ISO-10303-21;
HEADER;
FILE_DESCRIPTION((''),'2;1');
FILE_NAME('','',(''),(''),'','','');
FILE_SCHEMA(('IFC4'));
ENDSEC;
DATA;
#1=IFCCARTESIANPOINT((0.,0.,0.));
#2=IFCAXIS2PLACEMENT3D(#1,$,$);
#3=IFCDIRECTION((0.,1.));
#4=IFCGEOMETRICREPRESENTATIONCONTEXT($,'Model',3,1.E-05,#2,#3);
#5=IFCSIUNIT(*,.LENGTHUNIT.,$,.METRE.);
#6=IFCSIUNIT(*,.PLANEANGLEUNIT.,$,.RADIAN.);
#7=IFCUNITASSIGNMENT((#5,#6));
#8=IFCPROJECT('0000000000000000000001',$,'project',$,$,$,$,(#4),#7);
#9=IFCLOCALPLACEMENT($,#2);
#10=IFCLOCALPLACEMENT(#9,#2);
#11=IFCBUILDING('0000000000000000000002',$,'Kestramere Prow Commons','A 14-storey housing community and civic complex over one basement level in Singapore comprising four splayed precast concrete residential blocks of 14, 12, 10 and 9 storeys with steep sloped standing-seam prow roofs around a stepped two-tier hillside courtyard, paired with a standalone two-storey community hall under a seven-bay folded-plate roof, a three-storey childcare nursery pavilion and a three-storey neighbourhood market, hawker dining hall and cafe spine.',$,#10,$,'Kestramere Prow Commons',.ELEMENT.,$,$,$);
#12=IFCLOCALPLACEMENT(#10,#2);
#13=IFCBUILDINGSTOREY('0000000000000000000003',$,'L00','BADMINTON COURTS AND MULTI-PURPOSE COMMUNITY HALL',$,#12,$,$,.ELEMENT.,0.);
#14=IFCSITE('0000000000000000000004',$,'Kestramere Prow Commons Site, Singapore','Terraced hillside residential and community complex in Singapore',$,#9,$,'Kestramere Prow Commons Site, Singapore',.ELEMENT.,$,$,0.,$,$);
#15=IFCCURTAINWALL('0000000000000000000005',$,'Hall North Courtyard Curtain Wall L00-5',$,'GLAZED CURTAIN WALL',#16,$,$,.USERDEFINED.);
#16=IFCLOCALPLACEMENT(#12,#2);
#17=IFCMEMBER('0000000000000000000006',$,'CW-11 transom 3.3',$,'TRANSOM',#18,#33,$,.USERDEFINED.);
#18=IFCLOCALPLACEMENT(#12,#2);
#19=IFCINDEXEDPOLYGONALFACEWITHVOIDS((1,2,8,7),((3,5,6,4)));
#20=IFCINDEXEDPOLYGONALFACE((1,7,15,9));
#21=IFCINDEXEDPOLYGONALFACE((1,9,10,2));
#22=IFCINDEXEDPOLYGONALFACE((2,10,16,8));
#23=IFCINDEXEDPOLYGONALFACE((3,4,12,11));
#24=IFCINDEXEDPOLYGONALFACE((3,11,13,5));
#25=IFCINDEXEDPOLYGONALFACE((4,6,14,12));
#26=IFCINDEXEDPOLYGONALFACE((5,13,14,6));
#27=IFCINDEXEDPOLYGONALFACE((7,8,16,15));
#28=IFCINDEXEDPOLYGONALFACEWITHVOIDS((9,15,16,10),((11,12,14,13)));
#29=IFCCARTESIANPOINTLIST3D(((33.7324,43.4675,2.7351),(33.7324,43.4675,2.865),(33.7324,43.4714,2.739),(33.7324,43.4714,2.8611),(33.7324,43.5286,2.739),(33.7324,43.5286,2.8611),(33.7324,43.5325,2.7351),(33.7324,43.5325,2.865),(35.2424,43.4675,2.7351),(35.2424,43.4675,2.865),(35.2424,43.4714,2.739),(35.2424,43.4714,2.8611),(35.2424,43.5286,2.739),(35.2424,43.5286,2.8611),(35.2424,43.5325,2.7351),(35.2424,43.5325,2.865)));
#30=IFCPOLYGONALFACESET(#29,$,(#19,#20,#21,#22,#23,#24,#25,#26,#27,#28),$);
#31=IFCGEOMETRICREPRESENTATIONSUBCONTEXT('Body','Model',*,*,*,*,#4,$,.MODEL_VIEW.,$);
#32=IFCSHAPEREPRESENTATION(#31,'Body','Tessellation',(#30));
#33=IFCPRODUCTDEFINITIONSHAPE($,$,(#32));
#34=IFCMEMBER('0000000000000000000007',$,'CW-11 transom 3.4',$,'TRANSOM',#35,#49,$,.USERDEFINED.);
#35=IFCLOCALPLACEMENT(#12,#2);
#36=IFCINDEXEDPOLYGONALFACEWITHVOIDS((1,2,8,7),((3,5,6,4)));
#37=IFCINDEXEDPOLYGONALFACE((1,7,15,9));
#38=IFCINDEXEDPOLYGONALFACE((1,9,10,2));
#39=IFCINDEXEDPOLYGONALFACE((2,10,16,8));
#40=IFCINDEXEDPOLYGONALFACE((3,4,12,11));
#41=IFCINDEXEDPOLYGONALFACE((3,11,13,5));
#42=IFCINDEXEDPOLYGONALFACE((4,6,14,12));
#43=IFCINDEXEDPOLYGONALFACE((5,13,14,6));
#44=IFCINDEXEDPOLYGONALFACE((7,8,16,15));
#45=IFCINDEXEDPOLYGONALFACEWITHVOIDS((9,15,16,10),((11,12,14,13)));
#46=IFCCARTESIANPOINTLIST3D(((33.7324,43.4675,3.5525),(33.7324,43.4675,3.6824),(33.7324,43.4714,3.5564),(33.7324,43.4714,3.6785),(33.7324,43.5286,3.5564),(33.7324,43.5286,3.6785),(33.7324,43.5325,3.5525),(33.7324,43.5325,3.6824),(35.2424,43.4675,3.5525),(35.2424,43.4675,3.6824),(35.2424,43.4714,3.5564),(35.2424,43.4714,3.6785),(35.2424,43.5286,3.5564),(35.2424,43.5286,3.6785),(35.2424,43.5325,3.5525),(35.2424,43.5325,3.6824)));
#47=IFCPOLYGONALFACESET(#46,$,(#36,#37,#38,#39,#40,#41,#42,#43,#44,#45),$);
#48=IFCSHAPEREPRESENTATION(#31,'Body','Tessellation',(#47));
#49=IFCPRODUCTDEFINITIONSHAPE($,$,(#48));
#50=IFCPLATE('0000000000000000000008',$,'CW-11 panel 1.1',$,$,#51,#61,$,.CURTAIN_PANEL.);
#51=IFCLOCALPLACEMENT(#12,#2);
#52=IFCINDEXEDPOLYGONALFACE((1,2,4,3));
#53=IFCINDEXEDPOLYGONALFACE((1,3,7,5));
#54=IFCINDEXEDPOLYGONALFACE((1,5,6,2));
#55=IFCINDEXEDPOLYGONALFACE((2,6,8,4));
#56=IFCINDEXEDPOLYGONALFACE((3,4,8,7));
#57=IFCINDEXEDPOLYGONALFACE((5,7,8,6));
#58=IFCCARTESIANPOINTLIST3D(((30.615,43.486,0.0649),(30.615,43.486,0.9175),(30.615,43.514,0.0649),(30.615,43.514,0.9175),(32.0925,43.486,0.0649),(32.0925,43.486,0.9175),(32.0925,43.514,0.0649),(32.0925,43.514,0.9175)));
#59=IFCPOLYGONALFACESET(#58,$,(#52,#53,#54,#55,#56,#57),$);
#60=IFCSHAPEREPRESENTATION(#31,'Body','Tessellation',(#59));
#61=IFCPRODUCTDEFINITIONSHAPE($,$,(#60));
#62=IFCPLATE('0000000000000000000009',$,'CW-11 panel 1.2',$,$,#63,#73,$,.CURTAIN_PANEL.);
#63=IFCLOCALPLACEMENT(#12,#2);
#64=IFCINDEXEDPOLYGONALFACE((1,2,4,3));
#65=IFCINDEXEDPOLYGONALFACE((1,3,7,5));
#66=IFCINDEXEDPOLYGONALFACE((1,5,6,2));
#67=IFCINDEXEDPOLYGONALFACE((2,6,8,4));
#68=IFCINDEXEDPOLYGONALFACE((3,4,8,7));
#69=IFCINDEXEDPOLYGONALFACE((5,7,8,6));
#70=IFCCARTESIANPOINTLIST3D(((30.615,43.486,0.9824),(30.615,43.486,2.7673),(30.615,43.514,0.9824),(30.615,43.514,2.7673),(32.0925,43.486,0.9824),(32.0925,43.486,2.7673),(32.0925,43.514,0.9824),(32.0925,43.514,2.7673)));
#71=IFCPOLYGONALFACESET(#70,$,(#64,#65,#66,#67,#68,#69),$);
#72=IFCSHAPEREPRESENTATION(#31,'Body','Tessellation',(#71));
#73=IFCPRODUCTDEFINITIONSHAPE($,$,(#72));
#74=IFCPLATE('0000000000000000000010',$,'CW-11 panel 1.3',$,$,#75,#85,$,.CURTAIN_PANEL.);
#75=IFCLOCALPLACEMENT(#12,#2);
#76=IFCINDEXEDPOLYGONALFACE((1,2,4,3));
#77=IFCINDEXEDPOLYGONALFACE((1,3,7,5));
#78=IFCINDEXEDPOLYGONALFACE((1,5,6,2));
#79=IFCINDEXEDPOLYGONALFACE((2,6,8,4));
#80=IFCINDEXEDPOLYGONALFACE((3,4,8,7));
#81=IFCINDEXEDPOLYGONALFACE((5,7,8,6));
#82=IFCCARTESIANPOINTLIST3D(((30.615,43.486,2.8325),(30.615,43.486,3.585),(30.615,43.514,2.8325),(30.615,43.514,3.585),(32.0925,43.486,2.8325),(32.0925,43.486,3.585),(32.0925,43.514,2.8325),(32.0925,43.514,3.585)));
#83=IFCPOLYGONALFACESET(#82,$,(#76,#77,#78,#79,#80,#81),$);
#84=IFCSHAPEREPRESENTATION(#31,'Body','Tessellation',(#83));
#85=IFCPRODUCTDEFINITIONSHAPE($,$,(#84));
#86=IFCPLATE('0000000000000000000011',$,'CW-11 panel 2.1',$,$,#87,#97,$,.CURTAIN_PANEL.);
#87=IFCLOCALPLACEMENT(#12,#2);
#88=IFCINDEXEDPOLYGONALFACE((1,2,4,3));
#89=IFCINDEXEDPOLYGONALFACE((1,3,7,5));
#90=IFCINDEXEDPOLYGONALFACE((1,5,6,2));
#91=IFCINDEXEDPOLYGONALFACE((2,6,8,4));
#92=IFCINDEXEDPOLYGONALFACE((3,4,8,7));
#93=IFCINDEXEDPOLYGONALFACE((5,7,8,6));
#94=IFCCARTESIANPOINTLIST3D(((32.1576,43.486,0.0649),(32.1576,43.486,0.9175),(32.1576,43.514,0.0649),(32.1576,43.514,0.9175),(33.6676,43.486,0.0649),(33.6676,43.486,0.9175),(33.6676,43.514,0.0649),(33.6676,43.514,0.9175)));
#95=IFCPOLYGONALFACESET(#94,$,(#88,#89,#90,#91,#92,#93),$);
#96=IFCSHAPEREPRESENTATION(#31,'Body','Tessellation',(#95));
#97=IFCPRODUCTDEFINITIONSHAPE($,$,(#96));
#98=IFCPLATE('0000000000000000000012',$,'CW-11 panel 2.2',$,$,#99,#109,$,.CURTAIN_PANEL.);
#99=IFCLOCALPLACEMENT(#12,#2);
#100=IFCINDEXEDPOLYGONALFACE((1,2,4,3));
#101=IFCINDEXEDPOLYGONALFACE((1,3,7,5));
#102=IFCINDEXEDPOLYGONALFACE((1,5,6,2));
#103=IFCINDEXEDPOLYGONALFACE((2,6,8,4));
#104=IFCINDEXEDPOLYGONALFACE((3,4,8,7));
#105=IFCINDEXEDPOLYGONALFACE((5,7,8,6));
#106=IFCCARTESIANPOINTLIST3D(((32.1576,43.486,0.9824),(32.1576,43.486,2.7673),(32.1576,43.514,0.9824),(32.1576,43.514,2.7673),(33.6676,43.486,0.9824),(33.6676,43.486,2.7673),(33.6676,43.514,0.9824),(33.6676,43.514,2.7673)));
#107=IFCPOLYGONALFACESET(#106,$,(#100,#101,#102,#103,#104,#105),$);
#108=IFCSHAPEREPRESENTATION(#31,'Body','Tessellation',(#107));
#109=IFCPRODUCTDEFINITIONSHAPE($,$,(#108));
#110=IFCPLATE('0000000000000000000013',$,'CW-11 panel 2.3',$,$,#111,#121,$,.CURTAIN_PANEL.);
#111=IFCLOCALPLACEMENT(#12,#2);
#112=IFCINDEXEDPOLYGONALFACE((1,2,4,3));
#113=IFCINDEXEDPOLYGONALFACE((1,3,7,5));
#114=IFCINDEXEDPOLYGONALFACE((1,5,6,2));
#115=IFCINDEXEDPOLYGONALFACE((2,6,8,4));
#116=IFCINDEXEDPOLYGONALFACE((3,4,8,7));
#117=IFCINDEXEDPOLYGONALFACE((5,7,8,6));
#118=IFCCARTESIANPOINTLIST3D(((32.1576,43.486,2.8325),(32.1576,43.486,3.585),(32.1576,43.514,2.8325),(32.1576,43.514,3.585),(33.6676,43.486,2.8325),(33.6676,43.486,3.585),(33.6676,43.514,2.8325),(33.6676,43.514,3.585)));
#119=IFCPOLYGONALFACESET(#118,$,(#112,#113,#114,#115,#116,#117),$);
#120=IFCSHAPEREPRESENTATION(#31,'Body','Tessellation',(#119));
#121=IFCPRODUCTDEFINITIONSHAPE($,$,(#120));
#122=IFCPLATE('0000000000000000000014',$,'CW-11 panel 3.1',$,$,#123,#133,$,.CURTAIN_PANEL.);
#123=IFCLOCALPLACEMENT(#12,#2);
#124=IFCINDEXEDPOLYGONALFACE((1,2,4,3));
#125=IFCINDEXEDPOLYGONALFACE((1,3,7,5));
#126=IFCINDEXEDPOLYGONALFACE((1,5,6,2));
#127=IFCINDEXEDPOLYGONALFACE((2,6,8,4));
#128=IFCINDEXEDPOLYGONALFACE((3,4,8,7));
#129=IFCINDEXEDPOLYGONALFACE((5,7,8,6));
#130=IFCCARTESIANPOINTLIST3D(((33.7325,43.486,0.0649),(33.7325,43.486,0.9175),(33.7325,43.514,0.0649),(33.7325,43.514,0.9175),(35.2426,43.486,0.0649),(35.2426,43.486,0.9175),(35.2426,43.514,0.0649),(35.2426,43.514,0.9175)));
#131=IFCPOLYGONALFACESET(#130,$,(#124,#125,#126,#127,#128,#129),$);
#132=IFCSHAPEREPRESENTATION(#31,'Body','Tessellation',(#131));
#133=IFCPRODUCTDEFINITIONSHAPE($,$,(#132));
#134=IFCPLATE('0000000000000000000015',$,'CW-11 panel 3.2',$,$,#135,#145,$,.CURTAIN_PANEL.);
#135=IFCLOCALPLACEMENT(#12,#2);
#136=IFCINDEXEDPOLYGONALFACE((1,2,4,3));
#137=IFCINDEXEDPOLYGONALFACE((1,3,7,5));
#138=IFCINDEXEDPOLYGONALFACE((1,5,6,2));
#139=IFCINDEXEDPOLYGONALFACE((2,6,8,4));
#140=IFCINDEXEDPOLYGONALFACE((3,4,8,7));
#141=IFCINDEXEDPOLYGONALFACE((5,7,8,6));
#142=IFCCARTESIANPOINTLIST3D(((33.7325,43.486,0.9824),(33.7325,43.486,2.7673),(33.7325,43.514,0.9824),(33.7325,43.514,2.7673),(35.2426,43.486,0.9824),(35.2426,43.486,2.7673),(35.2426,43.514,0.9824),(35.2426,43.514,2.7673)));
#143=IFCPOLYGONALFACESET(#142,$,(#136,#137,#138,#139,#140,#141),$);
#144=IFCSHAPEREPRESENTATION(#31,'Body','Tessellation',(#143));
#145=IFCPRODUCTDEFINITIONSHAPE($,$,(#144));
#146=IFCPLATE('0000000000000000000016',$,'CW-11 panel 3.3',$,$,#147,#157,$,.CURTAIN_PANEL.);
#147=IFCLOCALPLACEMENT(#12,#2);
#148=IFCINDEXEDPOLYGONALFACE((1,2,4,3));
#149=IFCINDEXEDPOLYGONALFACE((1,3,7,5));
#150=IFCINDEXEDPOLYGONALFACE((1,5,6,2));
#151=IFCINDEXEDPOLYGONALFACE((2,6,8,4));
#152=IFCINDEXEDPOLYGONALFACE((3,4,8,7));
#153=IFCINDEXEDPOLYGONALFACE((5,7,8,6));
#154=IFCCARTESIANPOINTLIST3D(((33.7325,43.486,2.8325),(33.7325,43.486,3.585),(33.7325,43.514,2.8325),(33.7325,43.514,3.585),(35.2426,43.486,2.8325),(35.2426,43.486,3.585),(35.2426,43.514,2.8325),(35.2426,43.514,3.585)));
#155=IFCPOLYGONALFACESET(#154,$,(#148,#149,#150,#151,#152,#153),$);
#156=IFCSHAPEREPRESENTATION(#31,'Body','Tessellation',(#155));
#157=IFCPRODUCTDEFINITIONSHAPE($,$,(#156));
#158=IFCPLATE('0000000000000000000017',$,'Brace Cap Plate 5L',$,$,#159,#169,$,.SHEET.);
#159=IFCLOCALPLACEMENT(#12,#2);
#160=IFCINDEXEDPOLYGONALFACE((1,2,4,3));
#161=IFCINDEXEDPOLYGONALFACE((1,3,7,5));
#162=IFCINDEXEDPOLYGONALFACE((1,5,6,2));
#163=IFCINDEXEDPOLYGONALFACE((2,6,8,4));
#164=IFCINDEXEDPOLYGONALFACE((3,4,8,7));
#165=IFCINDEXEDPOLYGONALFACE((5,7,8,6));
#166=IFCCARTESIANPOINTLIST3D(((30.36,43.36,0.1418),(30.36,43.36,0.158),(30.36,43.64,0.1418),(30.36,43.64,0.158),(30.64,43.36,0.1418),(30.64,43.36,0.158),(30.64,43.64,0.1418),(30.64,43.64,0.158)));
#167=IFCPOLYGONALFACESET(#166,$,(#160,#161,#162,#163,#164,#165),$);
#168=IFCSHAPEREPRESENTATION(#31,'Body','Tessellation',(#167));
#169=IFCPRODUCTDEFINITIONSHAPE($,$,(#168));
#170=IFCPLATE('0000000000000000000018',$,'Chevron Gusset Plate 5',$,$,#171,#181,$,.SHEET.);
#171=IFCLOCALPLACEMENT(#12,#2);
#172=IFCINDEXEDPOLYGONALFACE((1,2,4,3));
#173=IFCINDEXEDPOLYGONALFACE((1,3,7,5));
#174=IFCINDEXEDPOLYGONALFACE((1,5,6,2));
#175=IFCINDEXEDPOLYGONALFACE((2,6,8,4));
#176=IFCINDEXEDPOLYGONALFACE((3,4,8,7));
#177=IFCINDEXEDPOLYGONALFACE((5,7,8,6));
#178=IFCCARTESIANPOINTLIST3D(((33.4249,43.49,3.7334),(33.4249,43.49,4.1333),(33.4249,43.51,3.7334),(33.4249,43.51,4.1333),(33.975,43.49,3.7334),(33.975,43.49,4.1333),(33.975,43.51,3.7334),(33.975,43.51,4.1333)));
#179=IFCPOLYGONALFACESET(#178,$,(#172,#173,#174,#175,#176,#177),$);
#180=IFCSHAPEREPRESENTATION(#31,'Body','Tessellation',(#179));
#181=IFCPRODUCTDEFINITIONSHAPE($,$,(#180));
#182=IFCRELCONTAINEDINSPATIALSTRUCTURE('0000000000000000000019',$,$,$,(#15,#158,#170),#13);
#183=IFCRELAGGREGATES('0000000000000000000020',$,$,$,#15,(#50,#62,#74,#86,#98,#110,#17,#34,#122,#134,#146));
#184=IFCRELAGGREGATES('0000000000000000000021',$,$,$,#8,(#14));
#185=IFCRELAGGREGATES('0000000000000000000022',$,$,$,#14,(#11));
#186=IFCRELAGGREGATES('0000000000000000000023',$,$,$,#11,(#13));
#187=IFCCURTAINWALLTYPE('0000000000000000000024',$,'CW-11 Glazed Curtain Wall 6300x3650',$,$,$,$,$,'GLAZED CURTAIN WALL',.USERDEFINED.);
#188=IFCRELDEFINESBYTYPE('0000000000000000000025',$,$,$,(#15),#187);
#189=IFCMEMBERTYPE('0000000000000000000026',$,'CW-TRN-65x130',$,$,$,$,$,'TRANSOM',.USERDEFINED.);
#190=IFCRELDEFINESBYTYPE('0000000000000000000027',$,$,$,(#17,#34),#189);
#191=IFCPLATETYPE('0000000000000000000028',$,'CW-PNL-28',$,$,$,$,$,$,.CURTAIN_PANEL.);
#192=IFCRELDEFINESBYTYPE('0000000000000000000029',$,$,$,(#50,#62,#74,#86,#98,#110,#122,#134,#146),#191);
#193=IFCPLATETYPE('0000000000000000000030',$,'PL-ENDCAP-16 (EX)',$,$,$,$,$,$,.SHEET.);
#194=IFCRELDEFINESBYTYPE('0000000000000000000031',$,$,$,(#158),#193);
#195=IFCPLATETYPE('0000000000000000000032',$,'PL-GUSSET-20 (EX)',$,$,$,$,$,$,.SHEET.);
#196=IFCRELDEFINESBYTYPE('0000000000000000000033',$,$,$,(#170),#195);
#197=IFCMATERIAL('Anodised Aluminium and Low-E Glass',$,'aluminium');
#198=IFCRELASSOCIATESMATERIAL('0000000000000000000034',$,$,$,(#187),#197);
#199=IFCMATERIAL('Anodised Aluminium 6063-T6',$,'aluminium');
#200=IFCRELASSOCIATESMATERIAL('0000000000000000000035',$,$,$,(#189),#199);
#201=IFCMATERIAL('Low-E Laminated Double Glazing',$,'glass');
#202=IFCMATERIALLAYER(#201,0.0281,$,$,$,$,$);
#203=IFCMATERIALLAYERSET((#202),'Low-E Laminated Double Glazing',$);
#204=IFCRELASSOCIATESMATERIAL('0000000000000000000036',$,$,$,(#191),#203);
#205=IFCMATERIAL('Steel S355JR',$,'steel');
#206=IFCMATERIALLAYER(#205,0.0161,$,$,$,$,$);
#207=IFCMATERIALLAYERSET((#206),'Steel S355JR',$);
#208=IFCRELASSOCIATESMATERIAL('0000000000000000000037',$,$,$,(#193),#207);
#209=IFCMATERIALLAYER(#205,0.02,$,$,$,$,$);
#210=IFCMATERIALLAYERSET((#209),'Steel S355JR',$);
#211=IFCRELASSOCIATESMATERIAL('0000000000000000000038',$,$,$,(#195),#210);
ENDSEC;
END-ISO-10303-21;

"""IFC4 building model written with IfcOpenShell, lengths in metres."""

from ifc_helpers import new_model, si_unit, direction, frame, origin, origin_2d, place, context, subcontext, project, spatial, rectangle, hollow_rectangle, extrude, material, layer, layer_set, material_profile, profile_set, type_object, element, aggregate, save


model = new_model("IFC4")

# Units and contexts
model_context = context("Model", 3, precision=1e-05, world=origin(), true_north=direction((0.0, 1.0)))
body_context = subcontext(model_context, "Body", "Model", "MODEL_VIEW")
ifc_project = project(units=[si_unit("LENGTHUNIT", "METRE"), si_unit("PLANEANGLEUNIT", "RADIAN")], contexts=[model_context])

# Site, building, storey
site_placement = place(None, origin())
site = spatial("IfcSite", under=ifc_project, at=site_placement, Name="Kestramere Prow Commons Site, Singapore", Description="Terraced hillside residential and community complex in Singapore", LongName="Kestramere Prow Commons Site, Singapore", CompositionType="ELEMENT", RefElevation=0.0)
building_placement = place(site_placement, origin())
building = spatial("IfcBuilding", under=site, at=building_placement, Name="Kestramere Prow Commons", Description="A 14-storey housing community and civic complex over one basement level in Singapore comprising four splayed precast concrete residential blocks of 14, 12, 10 and 9 storeys with steep sloped standing-seam prow roofs around a stepped two-tier hillside courtyard, paired with a standalone two-storey community hall under a seven-bay folded-plate roof, a three-storey childcare nursery pavilion and a three-storey neighbourhood market, hawker dining hall and cafe spine.", LongName="Kestramere Prow Commons", CompositionType="ELEMENT")
storey_placement = place(building_placement, origin())
storey = spatial("IfcBuildingStorey", under=building, at=storey_placement, Name="L00", Description="BADMINTON COURTS AND MULTI-PURPOSE COMMUNITY HALL", CompositionType="ELEMENT", Elevation=0.0)

# Shared definitions
ifc_material_1 = material(Name="Steel S355JR", Category="steel")

# Curtain wall, members, plates
ifc_material_2 = material(Name="Anodised Aluminium and Low-E Glass", Category="aluminium")
curtain_wall_type = type_object("IfcCurtainWallType", Name="CW-11 Glazed Curtain Wall 6300x3650", ElementType="GLAZED CURTAIN WALL", PredefinedType="USERDEFINED", material=ifc_material_2)
curtain_wall_placement = place(storey_placement, origin())
curtain_wall = element("IfcCurtainWall", 1, at=curtain_wall_placement, inside=storey, type_object=curtain_wall_type, Name="Hall North Courtyard Curtain Wall L00-5", ObjectType="GLAZED CURTAIN WALL", PredefinedType="USERDEFINED")
ifc_material_3 = material(Name="Anodised Aluminium 6063-T6", Category="aluminium")
ifc_material_profile_1 = material_profile(ifc_material_3, hollow_rectangle(XDim=0.0649, YDim=0.1299, WallThickness=0.0039, at=origin_2d()), Name="ALU-TRN 65x130")
ifc_profile_set_1 = profile_set([ifc_material_profile_1], Name="Anodised Aluminium 6063-T6")
member_type_1 = type_object("IfcMemberType", Name="CW-TRN-65x130", ElementType="TRANSOM", PredefinedType="USERDEFINED", material=ifc_profile_set_1)
member_1_placement = place(storey_placement, frame((33.7324, 43.5, 2.8), z_axis=(1.0, 0.0, 0.0), x_axis=(0.0, 1.0, 0.0)))
member_1 = element("IfcMember", 2, at=member_1_placement, type_object=member_type_1, Name="CW-11 transom 3.3", ObjectType="TRANSOM", PredefinedType="USERDEFINED", context=body_context, shape_type="SweptSolid", body=[
    extrude(hollow_rectangle(XDim=0.0649, YDim=0.1299, WallThickness=0.0039, at=origin_2d()), origin(), (0.0, 0.0, 1.0), 1.51),
])
member_2_placement = place(storey_placement, frame((33.7324, 43.5, 3.6174), z_axis=(1.0, 0.0, 0.0), x_axis=(0.0, 1.0, 0.0)))
member_2 = element("IfcMember", 3, at=member_2_placement, type_object=member_type_1, Name="CW-11 transom 3.4", ObjectType="TRANSOM", PredefinedType="USERDEFINED", context=body_context, shape_type="SweptSolid", body=[
    extrude(hollow_rectangle(XDim=0.0649, YDim=0.1299, WallThickness=0.0039, at=origin_2d()), origin(), (0.0, 0.0, 1.0), 1.51),
])
ifc_material_4 = material(Name="Low-E Laminated Double Glazing", Category="glass")
ifc_layer_1 = layer(ifc_material_4, 0.0281)
ifc_layer_set_1 = layer_set([ifc_layer_1], Name="Low-E Laminated Double Glazing")
plate_type_1 = type_object("IfcPlateType", Name="CW-PNL-28", PredefinedType="CURTAIN_PANEL", material=ifc_layer_set_1)
plate_1_placement = place(storey_placement, frame((31.3538, 43.5, 0.0649), z_axis=(0.0, 0.0, 1.0), x_axis=(1.0, 0.0, 0.0)))
plate_1 = element("IfcPlate", 4, at=plate_1_placement, type_object=plate_type_1, Name="CW-11 panel 1.1", PredefinedType="CURTAIN_PANEL", context=body_context, shape_type="SweptSolid", body=[
    extrude(rectangle(XDim=1.4775, YDim=0.0281, at=origin_2d()), origin(), (0.0, 0.0, 1.0), 0.8525),
])
plate_2_placement = place(storey_placement, frame((31.3538, 43.5, 0.9824), z_axis=(0.0, 0.0, 1.0), x_axis=(1.0, 0.0, 0.0)))
plate_2 = element("IfcPlate", 5, at=plate_2_placement, type_object=plate_type_1, Name="CW-11 panel 1.2", PredefinedType="CURTAIN_PANEL", context=body_context, shape_type="SweptSolid", body=[
    extrude(rectangle(XDim=1.4775, YDim=0.0281, at=origin_2d()), origin(), (0.0, 0.0, 1.0), 1.7849),
])
plate_3_placement = place(storey_placement, frame((31.3538, 43.5, 2.8325), z_axis=(0.0, 0.0, 1.0), x_axis=(1.0, 0.0, 0.0)))
plate_3 = element("IfcPlate", 6, at=plate_3_placement, type_object=plate_type_1, Name="CW-11 panel 1.3", PredefinedType="CURTAIN_PANEL", context=body_context, shape_type="SweptSolid", body=[
    extrude(rectangle(XDim=1.4775, YDim=0.0281, at=origin_2d()), origin(), (0.0, 0.0, 1.0), 0.7524),
])
plate_4_placement = place(storey_placement, frame((32.9126, 43.5, 0.0649), z_axis=(0.0, 0.0, 1.0), x_axis=(1.0, 0.0, 0.0)))
plate_4 = element("IfcPlate", 7, at=plate_4_placement, type_object=plate_type_1, Name="CW-11 panel 2.1", PredefinedType="CURTAIN_PANEL", context=body_context, shape_type="SweptSolid", body=[
    extrude(rectangle(XDim=1.51, YDim=0.0281, at=origin_2d()), origin(), (0.0, 0.0, 1.0), 0.8525),
])
plate_5_placement = place(storey_placement, frame((32.9126, 43.5, 0.9824), z_axis=(0.0, 0.0, 1.0), x_axis=(1.0, 0.0, 0.0)))
plate_5 = element("IfcPlate", 8, at=plate_5_placement, type_object=plate_type_1, Name="CW-11 panel 2.2", PredefinedType="CURTAIN_PANEL", context=body_context, shape_type="SweptSolid", body=[
    extrude(rectangle(XDim=1.51, YDim=0.0281, at=origin_2d()), origin(), (0.0, 0.0, 1.0), 1.7849),
])
plate_6_placement = place(storey_placement, frame((32.9126, 43.5, 2.8325), z_axis=(0.0, 0.0, 1.0), x_axis=(1.0, 0.0, 0.0)))
plate_6 = element("IfcPlate", 9, at=plate_6_placement, type_object=plate_type_1, Name="CW-11 panel 2.3", PredefinedType="CURTAIN_PANEL", context=body_context, shape_type="SweptSolid", body=[
    extrude(rectangle(XDim=1.51, YDim=0.0281, at=origin_2d()), origin(), (0.0, 0.0, 1.0), 0.7524),
])
plate_7_placement = place(storey_placement, frame((34.4875, 43.5, 0.0649), z_axis=(0.0, 0.0, 1.0), x_axis=(1.0, 0.0, 0.0)))
plate_7 = element("IfcPlate", 10, at=plate_7_placement, type_object=plate_type_1, Name="CW-11 panel 3.1", PredefinedType="CURTAIN_PANEL", context=body_context, shape_type="SweptSolid", body=[
    extrude(rectangle(XDim=1.51, YDim=0.0281, at=origin_2d()), origin(), (0.0, 0.0, 1.0), 0.8525),
])
plate_8_placement = place(storey_placement, frame((34.4875, 43.5, 0.9824), z_axis=(0.0, 0.0, 1.0), x_axis=(1.0, 0.0, 0.0)))
plate_8 = element("IfcPlate", 11, at=plate_8_placement, type_object=plate_type_1, Name="CW-11 panel 3.2", PredefinedType="CURTAIN_PANEL", context=body_context, shape_type="SweptSolid", body=[
    extrude(rectangle(XDim=1.51, YDim=0.0281, at=origin_2d()), origin(), (0.0, 0.0, 1.0), 1.7849),
])
plate_9_placement = place(storey_placement, frame((34.4875, 43.5, 2.8325), z_axis=(0.0, 0.0, 1.0), x_axis=(1.0, 0.0, 0.0)))
plate_9 = element("IfcPlate", 12, at=plate_9_placement, type_object=plate_type_1, Name="CW-11 panel 3.3", PredefinedType="CURTAIN_PANEL", context=body_context, shape_type="SweptSolid", body=[
    extrude(rectangle(XDim=1.51, YDim=0.0281, at=origin_2d()), origin(), (0.0, 0.0, 1.0), 0.7524),
])
aggregate(curtain_wall, [plate_1, plate_2, plate_3, plate_4, plate_5, plate_6, member_1, member_2, plate_7, plate_8, plate_9])

# Plates
ifc_layer_2 = layer(ifc_material_1, 0.0161)
ifc_layer_set_2 = layer_set([ifc_layer_2], Name="Steel S355JR")
plate_type_2 = type_object("IfcPlateType", Name="PL-ENDCAP-16 (EX)", PredefinedType="SHEET", material=ifc_layer_set_2)
plate_10_placement = place(storey_placement, frame((30.5, 43.5, 0.1418), z_axis=(0.0, 0.0, 1.0), x_axis=(1.0, 0.0, 0.0)))
element("IfcPlate", 13, at=plate_10_placement, inside=storey, type_object=plate_type_2, Name="Brace Cap Plate 5L", PredefinedType="SHEET", context=body_context, shape_type="SweptSolid", body=[
    extrude(rectangle(XDim=0.28, YDim=0.28, at=origin_2d()), origin(), (0.0, 0.0, 1.0), 0.0161),
])
ifc_layer_3 = layer(ifc_material_1, 0.02)
ifc_layer_set_3 = layer_set([ifc_layer_3], Name="Steel S355JR")
plate_type_3 = type_object("IfcPlateType", Name="PL-GUSSET-20 (EX)", PredefinedType="SHEET", material=ifc_layer_set_3)
plate_11_placement = place(storey_placement, frame((33.7, 43.5, 3.7334), z_axis=(0.0, 0.0, 1.0), x_axis=(1.0, 0.0, 0.0)))
element("IfcPlate", 14, at=plate_11_placement, inside=storey, type_object=plate_type_3, Name="Chevron Gusset Plate 5", PredefinedType="SHEET", context=body_context, shape_type="SweptSolid", body=[
    extrude(rectangle(XDim=0.55, YDim=0.02, at=origin_2d()), origin(), (0.0, 0.0, 1.0), 0.3999),
])

save(model, "model.ifc")
